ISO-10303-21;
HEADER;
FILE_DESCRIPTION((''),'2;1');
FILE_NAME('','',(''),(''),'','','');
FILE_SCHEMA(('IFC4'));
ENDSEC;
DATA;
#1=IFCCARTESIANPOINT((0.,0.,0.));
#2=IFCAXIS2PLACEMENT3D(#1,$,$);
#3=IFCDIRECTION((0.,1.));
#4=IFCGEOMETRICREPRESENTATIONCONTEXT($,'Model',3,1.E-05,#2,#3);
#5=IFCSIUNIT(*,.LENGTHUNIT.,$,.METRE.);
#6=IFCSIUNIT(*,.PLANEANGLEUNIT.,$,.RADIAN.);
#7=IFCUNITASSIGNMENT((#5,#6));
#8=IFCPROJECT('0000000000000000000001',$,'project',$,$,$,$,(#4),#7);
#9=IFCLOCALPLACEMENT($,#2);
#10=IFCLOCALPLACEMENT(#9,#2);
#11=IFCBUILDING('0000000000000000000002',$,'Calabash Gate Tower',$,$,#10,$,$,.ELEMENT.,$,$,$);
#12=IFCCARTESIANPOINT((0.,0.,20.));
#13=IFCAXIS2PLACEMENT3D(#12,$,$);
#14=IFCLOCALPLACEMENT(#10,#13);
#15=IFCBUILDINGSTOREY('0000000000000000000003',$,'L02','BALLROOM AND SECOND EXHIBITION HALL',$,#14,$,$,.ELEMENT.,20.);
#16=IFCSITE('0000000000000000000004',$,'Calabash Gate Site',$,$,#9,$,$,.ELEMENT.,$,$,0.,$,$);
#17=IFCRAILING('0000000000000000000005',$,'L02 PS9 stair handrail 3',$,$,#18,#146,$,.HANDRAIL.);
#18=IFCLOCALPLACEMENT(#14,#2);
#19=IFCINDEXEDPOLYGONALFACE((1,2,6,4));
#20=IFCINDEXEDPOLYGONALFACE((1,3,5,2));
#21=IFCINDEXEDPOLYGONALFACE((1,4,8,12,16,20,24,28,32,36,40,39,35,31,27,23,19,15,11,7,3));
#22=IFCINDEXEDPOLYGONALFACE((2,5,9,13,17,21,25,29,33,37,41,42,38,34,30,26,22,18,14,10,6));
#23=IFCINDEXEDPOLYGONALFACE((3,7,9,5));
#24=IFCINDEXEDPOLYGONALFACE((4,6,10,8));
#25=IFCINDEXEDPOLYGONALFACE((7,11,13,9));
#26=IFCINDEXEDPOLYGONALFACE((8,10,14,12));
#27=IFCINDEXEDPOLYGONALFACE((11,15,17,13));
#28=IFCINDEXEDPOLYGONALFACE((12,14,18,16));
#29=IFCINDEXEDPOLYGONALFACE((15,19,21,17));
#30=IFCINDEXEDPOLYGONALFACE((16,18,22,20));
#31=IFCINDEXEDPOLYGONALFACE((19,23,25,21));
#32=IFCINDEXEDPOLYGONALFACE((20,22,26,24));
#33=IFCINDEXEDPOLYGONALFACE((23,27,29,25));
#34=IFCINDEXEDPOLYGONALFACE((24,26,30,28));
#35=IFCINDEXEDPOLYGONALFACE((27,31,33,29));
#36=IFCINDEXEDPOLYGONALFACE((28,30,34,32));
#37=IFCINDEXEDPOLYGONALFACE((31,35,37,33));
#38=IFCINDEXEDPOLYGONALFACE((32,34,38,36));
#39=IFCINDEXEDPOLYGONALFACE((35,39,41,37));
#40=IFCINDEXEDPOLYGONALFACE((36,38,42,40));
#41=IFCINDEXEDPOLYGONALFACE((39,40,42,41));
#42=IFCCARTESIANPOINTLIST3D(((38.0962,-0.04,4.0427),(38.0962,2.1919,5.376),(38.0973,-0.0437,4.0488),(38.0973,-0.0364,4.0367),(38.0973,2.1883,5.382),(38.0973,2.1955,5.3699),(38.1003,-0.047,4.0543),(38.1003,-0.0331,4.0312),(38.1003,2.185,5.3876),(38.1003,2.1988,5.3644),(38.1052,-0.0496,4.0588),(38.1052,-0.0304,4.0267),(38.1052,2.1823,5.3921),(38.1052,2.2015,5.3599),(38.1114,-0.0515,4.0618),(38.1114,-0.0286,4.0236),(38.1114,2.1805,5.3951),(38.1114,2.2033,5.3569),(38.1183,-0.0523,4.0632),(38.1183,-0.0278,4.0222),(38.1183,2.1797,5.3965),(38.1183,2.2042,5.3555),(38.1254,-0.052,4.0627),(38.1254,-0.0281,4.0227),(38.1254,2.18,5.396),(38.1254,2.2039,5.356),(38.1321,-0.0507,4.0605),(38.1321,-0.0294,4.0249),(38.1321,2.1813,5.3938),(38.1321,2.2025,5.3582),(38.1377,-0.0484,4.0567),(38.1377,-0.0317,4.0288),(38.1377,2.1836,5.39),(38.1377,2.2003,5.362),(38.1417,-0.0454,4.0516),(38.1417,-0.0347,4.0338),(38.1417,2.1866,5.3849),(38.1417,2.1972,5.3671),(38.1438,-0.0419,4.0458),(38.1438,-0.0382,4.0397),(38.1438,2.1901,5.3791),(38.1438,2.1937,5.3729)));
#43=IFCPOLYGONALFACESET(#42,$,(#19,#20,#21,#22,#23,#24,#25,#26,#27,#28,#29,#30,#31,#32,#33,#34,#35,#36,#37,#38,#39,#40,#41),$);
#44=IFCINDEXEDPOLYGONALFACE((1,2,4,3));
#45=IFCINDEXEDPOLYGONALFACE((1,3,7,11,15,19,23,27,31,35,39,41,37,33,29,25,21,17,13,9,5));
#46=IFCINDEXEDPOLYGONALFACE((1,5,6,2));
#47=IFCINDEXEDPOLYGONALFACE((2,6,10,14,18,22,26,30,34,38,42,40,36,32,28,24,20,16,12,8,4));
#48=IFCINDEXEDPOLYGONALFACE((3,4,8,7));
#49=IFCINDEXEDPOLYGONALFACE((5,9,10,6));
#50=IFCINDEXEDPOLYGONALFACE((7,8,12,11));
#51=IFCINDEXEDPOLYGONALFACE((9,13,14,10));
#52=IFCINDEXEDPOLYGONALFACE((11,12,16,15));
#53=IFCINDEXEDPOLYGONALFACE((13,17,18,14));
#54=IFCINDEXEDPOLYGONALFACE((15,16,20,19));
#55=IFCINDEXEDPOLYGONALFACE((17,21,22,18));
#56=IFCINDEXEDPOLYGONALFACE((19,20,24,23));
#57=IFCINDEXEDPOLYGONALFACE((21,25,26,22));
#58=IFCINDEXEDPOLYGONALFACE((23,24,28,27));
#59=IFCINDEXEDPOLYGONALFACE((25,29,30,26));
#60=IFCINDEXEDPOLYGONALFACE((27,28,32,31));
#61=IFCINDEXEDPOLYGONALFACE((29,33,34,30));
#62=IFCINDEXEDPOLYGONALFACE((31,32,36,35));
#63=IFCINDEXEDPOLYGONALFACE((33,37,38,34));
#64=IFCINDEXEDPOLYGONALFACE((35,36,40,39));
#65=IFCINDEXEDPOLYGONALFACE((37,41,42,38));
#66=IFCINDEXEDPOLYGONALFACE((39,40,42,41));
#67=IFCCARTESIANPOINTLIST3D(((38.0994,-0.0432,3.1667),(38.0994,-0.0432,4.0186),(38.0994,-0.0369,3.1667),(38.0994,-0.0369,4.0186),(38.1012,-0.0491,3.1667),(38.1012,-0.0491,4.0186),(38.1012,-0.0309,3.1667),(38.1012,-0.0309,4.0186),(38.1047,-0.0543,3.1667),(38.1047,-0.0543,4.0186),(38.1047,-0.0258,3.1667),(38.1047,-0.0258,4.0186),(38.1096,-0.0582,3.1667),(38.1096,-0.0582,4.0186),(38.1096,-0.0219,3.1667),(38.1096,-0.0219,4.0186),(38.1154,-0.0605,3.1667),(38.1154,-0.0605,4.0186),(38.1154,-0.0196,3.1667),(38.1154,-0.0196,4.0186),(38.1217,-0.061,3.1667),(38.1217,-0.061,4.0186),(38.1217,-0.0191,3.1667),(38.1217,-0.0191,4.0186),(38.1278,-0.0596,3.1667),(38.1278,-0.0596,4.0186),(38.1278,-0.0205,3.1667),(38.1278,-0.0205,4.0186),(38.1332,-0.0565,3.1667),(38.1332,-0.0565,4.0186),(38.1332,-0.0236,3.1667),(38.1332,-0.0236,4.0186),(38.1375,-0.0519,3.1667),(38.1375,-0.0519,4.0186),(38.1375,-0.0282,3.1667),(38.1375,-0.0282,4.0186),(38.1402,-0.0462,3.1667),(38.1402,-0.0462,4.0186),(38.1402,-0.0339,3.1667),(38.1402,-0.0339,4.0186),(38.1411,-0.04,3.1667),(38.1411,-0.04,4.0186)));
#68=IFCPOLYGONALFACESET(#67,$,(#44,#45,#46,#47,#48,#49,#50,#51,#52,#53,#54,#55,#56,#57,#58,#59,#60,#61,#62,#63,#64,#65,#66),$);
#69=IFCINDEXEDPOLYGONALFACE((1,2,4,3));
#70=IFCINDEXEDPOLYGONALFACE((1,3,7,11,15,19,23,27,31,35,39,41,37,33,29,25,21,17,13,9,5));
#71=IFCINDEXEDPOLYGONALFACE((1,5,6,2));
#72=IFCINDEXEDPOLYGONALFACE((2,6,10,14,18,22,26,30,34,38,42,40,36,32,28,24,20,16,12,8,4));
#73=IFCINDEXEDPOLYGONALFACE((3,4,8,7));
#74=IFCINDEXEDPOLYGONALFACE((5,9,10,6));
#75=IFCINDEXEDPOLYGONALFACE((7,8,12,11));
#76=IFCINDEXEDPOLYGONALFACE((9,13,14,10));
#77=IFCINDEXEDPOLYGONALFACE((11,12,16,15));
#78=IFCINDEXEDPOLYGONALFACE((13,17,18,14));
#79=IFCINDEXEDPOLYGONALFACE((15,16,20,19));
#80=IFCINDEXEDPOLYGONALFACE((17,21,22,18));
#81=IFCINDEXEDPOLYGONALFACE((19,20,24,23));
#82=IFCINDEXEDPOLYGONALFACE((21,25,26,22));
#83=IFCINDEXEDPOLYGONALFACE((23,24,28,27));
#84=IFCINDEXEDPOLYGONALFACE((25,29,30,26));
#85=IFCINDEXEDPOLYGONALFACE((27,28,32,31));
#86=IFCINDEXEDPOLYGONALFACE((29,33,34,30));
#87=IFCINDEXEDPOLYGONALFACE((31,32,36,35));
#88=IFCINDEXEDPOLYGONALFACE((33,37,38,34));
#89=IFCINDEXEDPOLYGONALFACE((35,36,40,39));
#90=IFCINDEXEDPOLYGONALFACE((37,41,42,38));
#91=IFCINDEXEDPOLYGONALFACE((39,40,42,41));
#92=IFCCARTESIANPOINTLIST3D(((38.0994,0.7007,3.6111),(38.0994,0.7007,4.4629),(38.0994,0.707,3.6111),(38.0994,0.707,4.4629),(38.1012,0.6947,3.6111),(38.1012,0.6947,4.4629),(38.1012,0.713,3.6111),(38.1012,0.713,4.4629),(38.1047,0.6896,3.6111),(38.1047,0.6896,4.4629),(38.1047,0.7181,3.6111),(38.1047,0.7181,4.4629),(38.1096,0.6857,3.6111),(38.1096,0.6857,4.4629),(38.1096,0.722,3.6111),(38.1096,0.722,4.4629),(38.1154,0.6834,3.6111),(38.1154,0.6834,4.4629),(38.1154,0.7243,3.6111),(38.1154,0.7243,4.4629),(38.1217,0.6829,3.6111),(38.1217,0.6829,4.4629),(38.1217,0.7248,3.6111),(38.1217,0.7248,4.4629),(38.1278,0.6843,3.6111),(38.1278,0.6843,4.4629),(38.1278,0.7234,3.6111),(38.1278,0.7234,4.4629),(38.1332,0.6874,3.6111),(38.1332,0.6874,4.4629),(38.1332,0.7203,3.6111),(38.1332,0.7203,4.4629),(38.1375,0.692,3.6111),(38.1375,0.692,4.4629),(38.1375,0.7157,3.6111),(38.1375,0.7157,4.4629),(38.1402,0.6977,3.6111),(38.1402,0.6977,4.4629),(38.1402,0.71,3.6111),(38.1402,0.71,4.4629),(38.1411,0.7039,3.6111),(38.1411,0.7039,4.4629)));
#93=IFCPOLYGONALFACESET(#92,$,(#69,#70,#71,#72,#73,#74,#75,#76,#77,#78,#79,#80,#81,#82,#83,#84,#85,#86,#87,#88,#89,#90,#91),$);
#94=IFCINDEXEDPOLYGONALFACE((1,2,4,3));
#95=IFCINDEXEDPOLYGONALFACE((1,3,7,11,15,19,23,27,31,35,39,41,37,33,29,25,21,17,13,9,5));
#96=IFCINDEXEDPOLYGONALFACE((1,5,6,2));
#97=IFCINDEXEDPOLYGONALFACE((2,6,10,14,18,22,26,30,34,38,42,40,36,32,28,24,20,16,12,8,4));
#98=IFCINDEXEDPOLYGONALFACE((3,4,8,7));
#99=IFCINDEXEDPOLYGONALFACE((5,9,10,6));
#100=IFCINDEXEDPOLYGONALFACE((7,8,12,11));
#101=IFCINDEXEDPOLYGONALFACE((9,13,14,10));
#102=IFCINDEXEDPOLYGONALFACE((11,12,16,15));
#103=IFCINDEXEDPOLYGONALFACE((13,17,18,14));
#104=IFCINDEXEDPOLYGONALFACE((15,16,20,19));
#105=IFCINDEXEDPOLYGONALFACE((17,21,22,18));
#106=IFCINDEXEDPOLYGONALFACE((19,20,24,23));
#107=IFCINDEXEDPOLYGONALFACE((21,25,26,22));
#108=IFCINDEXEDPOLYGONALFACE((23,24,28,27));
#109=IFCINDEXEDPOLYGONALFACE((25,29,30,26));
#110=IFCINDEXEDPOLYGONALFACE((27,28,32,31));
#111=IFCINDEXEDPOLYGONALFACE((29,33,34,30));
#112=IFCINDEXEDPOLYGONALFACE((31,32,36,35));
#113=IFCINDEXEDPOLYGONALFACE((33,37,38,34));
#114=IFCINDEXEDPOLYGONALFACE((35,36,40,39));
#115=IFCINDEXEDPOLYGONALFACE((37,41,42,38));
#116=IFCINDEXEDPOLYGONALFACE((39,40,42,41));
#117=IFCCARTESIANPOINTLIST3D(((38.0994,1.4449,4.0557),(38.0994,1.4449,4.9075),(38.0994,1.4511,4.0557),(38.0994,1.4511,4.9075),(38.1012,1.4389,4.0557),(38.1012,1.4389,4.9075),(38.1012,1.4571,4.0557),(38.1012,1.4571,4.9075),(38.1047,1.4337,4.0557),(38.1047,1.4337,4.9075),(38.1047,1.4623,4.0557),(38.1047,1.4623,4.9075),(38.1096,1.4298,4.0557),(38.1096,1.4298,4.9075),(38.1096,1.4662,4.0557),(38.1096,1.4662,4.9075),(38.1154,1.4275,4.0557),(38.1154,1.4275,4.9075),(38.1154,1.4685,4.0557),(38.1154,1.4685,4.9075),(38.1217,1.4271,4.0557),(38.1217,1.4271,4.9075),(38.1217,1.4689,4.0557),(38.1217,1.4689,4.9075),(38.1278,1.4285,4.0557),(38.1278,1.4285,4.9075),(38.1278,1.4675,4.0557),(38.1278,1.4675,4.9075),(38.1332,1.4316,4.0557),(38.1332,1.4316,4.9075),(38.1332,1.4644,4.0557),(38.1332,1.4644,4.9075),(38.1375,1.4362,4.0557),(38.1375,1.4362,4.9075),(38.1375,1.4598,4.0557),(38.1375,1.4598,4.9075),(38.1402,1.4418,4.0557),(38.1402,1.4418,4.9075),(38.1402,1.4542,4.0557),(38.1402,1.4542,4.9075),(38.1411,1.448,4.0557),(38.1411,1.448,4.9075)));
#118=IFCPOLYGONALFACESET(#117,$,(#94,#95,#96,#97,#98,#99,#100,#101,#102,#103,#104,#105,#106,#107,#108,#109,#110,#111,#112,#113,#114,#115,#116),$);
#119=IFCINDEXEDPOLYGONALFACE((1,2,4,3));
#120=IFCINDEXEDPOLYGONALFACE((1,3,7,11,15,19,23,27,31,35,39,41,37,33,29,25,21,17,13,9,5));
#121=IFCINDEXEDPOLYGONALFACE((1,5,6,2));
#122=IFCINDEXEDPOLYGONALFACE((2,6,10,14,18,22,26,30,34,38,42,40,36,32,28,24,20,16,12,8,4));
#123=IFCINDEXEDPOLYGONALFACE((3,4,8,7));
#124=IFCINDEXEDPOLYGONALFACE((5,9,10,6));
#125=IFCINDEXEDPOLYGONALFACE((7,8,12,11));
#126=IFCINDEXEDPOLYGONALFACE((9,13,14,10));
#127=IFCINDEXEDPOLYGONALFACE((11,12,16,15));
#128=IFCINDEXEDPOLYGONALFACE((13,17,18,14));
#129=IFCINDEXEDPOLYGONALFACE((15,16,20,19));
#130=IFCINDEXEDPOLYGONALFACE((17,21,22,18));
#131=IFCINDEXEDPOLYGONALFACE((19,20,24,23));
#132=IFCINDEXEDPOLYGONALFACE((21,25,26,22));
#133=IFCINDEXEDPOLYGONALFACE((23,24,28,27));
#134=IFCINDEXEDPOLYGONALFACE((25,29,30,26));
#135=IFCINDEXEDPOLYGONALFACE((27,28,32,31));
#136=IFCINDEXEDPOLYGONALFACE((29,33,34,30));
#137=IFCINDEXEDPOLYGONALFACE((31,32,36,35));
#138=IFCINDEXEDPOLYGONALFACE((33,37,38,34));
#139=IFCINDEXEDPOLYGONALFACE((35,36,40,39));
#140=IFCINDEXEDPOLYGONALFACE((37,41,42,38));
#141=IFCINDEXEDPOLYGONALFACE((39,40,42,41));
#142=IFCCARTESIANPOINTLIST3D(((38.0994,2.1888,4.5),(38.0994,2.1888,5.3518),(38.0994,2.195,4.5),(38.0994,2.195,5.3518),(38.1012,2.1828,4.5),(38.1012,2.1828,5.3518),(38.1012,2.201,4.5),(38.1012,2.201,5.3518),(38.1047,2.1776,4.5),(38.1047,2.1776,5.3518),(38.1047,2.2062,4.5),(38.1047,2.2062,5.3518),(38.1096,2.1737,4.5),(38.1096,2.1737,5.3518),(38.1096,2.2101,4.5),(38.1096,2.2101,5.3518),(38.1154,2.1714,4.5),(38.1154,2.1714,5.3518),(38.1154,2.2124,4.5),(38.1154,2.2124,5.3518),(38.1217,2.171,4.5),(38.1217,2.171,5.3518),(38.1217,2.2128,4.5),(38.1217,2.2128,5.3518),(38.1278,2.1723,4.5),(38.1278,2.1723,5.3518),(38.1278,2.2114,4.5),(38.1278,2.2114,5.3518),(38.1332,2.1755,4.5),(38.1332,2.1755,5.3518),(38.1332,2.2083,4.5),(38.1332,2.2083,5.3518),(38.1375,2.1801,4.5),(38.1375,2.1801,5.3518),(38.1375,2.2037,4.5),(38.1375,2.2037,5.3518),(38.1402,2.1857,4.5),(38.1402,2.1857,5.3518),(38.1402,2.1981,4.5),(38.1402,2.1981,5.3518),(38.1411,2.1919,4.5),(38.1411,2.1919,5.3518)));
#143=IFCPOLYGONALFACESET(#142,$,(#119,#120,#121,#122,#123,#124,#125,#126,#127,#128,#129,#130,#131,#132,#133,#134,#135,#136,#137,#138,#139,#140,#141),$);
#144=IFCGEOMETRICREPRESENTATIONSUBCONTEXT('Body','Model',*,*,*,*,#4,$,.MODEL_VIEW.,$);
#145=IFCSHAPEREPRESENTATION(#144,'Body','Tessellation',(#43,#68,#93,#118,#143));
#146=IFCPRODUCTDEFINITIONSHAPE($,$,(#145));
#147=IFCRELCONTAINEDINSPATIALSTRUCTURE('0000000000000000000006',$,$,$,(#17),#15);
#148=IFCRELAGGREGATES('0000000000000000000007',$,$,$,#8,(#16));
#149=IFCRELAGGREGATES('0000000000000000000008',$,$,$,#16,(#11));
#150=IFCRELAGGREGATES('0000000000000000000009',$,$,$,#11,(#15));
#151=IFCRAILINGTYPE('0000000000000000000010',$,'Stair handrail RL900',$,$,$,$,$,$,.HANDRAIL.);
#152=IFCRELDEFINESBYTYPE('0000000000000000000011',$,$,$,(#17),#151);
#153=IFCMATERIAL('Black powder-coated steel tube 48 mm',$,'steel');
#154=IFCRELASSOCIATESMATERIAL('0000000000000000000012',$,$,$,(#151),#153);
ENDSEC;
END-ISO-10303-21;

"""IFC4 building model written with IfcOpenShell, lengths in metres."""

from ifc_helpers import new_model, si_unit, direction, frame, origin, origin_2d, place, context, subcontext, project, spatial, circle, extrude, material, type_object, element, save


model = new_model("IFC4")

# Units and contexts
model_context = context("Model", 3, precision=1e-05, world=origin(), true_north=direction((0.0, 1.0)))
body_context = subcontext(model_context, "Body", "Model", "MODEL_VIEW")
ifc_project = project(units=[si_unit("LENGTHUNIT", "METRE"), si_unit("PLANEANGLEUNIT", "RADIAN")], contexts=[model_context])

# Site, building, storey
site_placement = place(None, origin())
site = spatial("IfcSite", under=ifc_project, at=site_placement, Name="Calabash Gate Site", CompositionType="ELEMENT", RefElevation=0.0)
building_placement = place(site_placement, origin())
building = spatial("IfcBuilding", under=site, at=building_placement, Name="Calabash Gate Tower", CompositionType="ELEMENT")
storey_placement = place(building_placement, frame((0.0, 0.0, 20.0)))
storey = spatial("IfcBuildingStorey", under=building, at=storey_placement, Name="L02", Description="BALLROOM AND SECOND EXHIBITION HALL", CompositionType="ELEMENT", Elevation=20.0)

# Railing
ifc_material_1 = material(Name="Black powder-coated steel tube 48 mm", Category="steel")
railing_type_1 = type_object("IfcRailingType", Name="Stair handrail RL900", PredefinedType="HANDRAIL", material=ifc_material_1)
for number, where, name in (
    (1, (38.1201, -0.04, 3.1667), "L02 PS9 stair handrail 3"),
):
    element("IfcRailing", number, at=place(storey_placement, frame(where)), inside=storey, type_object=railing_type_1, Name=name, PredefinedType="HANDRAIL", context=body_context, shape_type="SweptSolid", body=[
        extrude(circle(Radius=0.0239, at=origin_2d()), frame((0.0, 0.0, 0.876), z_axis=(0.0, 0.858494, 0.512824), x_axis=(-1.0, 0.0, 0.0)), (0.0, 0.0, 1.0), 2.5999),
        extrude(circle(Radius=0.021, at=origin_2d()), origin(), (0.0, 0.0, 1.0), 0.8518),
        extrude(circle(Radius=0.021, at=origin_2d()), frame((0.0, 0.7439, 0.4443)), (0.0, 0.0, 1.0), 0.8518),
        extrude(circle(Radius=0.021, at=origin_2d()), frame((0.0, 1.488, 0.8889)), (0.0, 0.0, 1.0), 0.8518),
        extrude(circle(Radius=0.021, at=origin_2d()), frame((0.0, 2.2319, 1.3333)), (0.0, 0.0, 1.0), 0.8518),
    ])

save(model, "model.ifc")
